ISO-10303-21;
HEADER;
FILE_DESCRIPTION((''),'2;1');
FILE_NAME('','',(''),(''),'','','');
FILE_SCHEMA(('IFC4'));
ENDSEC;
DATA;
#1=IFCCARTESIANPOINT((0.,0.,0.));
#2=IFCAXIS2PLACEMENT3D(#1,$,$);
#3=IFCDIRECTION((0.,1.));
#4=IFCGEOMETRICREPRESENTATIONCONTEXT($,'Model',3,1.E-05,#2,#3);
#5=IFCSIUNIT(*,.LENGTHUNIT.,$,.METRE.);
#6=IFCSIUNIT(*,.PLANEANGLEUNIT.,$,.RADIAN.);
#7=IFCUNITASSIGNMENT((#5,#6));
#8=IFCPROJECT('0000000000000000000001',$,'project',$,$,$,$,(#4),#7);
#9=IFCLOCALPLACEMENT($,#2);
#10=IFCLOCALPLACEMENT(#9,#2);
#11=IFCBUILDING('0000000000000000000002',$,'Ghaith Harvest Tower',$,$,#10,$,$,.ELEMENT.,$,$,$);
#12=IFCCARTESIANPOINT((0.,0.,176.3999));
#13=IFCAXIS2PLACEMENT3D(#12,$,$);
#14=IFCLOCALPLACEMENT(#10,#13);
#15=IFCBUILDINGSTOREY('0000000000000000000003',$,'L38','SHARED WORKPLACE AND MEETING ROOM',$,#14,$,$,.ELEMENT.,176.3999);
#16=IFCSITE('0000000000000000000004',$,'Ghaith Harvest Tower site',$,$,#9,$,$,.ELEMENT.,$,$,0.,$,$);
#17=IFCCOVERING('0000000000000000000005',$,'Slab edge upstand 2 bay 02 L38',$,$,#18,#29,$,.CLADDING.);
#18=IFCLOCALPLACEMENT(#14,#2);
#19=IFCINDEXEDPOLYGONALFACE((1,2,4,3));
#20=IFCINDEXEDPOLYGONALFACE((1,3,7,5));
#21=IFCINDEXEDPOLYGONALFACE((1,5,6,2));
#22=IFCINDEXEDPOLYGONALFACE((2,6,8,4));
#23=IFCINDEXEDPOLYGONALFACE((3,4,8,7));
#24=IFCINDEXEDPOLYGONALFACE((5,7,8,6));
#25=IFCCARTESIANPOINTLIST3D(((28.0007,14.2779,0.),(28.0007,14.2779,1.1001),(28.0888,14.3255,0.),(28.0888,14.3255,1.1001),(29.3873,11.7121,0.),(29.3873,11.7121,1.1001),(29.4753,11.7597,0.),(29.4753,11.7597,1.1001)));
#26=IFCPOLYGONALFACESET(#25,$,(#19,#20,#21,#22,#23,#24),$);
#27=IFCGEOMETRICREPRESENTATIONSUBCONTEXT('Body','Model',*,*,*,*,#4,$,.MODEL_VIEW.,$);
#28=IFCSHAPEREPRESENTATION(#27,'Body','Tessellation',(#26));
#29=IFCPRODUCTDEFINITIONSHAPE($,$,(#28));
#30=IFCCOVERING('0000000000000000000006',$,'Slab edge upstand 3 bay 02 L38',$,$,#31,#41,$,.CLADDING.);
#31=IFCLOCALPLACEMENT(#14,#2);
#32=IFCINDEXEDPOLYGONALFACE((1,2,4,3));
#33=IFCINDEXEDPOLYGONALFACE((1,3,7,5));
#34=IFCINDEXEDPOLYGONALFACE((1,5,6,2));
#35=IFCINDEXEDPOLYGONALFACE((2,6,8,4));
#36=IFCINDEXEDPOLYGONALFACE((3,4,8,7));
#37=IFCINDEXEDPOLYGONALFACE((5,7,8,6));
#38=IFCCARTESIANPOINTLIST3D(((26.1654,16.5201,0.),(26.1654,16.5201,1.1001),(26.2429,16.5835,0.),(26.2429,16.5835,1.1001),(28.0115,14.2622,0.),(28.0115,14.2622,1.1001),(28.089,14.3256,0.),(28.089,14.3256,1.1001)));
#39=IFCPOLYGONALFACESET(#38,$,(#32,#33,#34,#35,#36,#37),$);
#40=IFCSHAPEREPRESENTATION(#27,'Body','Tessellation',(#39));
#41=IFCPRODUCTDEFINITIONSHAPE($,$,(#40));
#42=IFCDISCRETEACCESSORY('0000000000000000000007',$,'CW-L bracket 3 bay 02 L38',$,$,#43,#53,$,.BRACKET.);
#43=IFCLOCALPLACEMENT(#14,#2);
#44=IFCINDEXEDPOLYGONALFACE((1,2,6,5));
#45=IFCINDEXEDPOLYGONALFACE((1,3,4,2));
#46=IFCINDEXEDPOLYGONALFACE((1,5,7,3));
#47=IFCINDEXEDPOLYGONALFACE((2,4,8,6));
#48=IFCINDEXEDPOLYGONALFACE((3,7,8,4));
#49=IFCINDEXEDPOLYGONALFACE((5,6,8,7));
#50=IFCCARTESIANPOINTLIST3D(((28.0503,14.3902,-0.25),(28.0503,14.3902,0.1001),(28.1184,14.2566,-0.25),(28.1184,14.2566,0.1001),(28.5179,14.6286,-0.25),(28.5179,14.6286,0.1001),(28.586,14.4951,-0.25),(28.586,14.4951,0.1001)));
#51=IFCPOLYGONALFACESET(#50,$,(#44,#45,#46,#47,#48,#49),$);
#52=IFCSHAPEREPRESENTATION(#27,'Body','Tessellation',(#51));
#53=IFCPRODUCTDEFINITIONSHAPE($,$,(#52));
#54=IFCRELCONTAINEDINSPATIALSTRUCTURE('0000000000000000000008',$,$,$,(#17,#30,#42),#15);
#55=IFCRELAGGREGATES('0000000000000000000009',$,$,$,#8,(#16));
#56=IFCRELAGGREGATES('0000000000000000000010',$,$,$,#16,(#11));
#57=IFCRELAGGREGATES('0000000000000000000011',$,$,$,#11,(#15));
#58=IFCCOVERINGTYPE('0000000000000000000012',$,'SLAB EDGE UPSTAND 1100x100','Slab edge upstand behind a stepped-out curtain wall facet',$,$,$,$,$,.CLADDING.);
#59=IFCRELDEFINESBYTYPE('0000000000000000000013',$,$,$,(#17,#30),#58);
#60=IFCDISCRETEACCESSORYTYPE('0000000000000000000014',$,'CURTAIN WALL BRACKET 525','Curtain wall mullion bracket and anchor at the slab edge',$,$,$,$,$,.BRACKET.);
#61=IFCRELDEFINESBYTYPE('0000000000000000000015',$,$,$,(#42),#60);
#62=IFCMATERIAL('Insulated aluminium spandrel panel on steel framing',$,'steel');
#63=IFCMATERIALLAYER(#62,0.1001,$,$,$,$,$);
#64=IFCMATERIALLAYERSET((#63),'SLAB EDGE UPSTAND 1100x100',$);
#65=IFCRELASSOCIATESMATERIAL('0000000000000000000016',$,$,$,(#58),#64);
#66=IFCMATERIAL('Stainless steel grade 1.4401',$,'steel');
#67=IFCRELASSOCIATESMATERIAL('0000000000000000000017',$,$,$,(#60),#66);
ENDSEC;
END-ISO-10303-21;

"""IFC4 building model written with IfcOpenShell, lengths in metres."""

from ifc_helpers import new_model, si_unit, direction, frame, origin, origin_2d, place, context, subcontext, project, spatial, rectangle, extrude, material, layer, layer_set, type_object, element, save


model = new_model("IFC4")

# Units and contexts
model_context = context("Model", 3, precision=1e-05, world=origin(), true_north=direction((0.0, 1.0)))
body_context = subcontext(model_context, "Body", "Model", "MODEL_VIEW")
ifc_project = project(units=[si_unit("LENGTHUNIT", "METRE"), si_unit("PLANEANGLEUNIT", "RADIAN")], contexts=[model_context])

# Site, building, storey
site_placement = place(None, origin())
site = spatial("IfcSite", under=ifc_project, at=site_placement, Name="Ghaith Harvest Tower site", CompositionType="ELEMENT", RefElevation=0.0)
building_placement = place(site_placement, origin())
building = spatial("IfcBuilding", under=site, at=building_placement, Name="Ghaith Harvest Tower", CompositionType="ELEMENT")
storey_placement = place(building_placement, frame((0.0, 0.0, 176.3999)))
storey = spatial("IfcBuildingStorey", under=building, at=storey_placement, Name="L38", Description="SHARED WORKPLACE AND MEETING ROOM", CompositionType="ELEMENT", Elevation=176.3999)

# Coverings
ifc_material_1 = material(Name="Insulated aluminium spandrel panel on steel framing", Category="steel")
ifc_layer_1 = layer(ifc_material_1, 0.1001)
ifc_layer_set_1 = layer_set([ifc_layer_1], Name="SLAB EDGE UPSTAND 1100x100")
covering_type = type_object("IfcCoveringType", Name="SLAB EDGE UPSTAND 1100x100", Description="Slab edge upstand behind a stepped-out curtain wall facet", PredefinedType="CLADDING", material=ifc_layer_set_1)
for number, where, z_axis, x_axis, name in (
    (1, (28.738, 13.0188, 0.0), (0.0, 0.0, 1.0), (-0.475409, 0.879765, 0.0), "Slab edge upstand 2 bay 02 L38"),
    (2, (27.1272, 15.4229, 0.0), (0.0, 0.0, 1.0), (-0.63297, 0.774177, 0.0), "Slab edge upstand 3 bay 02 L38"),
):
    element("IfcCovering", number, at=place(storey_placement, frame(where, z_axis=z_axis, x_axis=x_axis)), inside=storey, type_object=covering_type, Name=name, PredefinedType="CLADDING", context=body_context, shape_type="SweptSolid", body=[
        extrude(rectangle(XDim=2.9165, YDim=0.1001, at=origin_2d()), origin(), (0.0, 0.0, 1.0), 1.1001),
    ])

# Discrete accessory
ifc_material_2 = material(Name="Stainless steel grade 1.4401", Category="steel")
discrete_accessory_type = type_object("IfcDiscreteAccessoryType", Name="CURTAIN WALL BRACKET 525", Description="Curtain wall mullion bracket and anchor at the slab edge", PredefinedType="BRACKET", material=ifc_material_2)
discrete_accessory_placement = place(storey_placement, frame((28.3181, 14.4426, -0.25), z_axis=(0.0, 0.0, 1.0), x_axis=(0.890831, 0.454335, 0.0)))
element("IfcDiscreteAccessory", 3, at=discrete_accessory_placement, inside=storey, type_object=discrete_accessory_type, Name="CW-L bracket 3 bay 02 L38", PredefinedType="BRACKET", context=body_context, shape_type="SweptSolid", body=[
    extrude(rectangle(XDim=0.5249, YDim=0.1499, at=origin_2d()), origin(), (0.0, 0.0, 1.0), 0.3501),
])

save(model, "model.ifc")
